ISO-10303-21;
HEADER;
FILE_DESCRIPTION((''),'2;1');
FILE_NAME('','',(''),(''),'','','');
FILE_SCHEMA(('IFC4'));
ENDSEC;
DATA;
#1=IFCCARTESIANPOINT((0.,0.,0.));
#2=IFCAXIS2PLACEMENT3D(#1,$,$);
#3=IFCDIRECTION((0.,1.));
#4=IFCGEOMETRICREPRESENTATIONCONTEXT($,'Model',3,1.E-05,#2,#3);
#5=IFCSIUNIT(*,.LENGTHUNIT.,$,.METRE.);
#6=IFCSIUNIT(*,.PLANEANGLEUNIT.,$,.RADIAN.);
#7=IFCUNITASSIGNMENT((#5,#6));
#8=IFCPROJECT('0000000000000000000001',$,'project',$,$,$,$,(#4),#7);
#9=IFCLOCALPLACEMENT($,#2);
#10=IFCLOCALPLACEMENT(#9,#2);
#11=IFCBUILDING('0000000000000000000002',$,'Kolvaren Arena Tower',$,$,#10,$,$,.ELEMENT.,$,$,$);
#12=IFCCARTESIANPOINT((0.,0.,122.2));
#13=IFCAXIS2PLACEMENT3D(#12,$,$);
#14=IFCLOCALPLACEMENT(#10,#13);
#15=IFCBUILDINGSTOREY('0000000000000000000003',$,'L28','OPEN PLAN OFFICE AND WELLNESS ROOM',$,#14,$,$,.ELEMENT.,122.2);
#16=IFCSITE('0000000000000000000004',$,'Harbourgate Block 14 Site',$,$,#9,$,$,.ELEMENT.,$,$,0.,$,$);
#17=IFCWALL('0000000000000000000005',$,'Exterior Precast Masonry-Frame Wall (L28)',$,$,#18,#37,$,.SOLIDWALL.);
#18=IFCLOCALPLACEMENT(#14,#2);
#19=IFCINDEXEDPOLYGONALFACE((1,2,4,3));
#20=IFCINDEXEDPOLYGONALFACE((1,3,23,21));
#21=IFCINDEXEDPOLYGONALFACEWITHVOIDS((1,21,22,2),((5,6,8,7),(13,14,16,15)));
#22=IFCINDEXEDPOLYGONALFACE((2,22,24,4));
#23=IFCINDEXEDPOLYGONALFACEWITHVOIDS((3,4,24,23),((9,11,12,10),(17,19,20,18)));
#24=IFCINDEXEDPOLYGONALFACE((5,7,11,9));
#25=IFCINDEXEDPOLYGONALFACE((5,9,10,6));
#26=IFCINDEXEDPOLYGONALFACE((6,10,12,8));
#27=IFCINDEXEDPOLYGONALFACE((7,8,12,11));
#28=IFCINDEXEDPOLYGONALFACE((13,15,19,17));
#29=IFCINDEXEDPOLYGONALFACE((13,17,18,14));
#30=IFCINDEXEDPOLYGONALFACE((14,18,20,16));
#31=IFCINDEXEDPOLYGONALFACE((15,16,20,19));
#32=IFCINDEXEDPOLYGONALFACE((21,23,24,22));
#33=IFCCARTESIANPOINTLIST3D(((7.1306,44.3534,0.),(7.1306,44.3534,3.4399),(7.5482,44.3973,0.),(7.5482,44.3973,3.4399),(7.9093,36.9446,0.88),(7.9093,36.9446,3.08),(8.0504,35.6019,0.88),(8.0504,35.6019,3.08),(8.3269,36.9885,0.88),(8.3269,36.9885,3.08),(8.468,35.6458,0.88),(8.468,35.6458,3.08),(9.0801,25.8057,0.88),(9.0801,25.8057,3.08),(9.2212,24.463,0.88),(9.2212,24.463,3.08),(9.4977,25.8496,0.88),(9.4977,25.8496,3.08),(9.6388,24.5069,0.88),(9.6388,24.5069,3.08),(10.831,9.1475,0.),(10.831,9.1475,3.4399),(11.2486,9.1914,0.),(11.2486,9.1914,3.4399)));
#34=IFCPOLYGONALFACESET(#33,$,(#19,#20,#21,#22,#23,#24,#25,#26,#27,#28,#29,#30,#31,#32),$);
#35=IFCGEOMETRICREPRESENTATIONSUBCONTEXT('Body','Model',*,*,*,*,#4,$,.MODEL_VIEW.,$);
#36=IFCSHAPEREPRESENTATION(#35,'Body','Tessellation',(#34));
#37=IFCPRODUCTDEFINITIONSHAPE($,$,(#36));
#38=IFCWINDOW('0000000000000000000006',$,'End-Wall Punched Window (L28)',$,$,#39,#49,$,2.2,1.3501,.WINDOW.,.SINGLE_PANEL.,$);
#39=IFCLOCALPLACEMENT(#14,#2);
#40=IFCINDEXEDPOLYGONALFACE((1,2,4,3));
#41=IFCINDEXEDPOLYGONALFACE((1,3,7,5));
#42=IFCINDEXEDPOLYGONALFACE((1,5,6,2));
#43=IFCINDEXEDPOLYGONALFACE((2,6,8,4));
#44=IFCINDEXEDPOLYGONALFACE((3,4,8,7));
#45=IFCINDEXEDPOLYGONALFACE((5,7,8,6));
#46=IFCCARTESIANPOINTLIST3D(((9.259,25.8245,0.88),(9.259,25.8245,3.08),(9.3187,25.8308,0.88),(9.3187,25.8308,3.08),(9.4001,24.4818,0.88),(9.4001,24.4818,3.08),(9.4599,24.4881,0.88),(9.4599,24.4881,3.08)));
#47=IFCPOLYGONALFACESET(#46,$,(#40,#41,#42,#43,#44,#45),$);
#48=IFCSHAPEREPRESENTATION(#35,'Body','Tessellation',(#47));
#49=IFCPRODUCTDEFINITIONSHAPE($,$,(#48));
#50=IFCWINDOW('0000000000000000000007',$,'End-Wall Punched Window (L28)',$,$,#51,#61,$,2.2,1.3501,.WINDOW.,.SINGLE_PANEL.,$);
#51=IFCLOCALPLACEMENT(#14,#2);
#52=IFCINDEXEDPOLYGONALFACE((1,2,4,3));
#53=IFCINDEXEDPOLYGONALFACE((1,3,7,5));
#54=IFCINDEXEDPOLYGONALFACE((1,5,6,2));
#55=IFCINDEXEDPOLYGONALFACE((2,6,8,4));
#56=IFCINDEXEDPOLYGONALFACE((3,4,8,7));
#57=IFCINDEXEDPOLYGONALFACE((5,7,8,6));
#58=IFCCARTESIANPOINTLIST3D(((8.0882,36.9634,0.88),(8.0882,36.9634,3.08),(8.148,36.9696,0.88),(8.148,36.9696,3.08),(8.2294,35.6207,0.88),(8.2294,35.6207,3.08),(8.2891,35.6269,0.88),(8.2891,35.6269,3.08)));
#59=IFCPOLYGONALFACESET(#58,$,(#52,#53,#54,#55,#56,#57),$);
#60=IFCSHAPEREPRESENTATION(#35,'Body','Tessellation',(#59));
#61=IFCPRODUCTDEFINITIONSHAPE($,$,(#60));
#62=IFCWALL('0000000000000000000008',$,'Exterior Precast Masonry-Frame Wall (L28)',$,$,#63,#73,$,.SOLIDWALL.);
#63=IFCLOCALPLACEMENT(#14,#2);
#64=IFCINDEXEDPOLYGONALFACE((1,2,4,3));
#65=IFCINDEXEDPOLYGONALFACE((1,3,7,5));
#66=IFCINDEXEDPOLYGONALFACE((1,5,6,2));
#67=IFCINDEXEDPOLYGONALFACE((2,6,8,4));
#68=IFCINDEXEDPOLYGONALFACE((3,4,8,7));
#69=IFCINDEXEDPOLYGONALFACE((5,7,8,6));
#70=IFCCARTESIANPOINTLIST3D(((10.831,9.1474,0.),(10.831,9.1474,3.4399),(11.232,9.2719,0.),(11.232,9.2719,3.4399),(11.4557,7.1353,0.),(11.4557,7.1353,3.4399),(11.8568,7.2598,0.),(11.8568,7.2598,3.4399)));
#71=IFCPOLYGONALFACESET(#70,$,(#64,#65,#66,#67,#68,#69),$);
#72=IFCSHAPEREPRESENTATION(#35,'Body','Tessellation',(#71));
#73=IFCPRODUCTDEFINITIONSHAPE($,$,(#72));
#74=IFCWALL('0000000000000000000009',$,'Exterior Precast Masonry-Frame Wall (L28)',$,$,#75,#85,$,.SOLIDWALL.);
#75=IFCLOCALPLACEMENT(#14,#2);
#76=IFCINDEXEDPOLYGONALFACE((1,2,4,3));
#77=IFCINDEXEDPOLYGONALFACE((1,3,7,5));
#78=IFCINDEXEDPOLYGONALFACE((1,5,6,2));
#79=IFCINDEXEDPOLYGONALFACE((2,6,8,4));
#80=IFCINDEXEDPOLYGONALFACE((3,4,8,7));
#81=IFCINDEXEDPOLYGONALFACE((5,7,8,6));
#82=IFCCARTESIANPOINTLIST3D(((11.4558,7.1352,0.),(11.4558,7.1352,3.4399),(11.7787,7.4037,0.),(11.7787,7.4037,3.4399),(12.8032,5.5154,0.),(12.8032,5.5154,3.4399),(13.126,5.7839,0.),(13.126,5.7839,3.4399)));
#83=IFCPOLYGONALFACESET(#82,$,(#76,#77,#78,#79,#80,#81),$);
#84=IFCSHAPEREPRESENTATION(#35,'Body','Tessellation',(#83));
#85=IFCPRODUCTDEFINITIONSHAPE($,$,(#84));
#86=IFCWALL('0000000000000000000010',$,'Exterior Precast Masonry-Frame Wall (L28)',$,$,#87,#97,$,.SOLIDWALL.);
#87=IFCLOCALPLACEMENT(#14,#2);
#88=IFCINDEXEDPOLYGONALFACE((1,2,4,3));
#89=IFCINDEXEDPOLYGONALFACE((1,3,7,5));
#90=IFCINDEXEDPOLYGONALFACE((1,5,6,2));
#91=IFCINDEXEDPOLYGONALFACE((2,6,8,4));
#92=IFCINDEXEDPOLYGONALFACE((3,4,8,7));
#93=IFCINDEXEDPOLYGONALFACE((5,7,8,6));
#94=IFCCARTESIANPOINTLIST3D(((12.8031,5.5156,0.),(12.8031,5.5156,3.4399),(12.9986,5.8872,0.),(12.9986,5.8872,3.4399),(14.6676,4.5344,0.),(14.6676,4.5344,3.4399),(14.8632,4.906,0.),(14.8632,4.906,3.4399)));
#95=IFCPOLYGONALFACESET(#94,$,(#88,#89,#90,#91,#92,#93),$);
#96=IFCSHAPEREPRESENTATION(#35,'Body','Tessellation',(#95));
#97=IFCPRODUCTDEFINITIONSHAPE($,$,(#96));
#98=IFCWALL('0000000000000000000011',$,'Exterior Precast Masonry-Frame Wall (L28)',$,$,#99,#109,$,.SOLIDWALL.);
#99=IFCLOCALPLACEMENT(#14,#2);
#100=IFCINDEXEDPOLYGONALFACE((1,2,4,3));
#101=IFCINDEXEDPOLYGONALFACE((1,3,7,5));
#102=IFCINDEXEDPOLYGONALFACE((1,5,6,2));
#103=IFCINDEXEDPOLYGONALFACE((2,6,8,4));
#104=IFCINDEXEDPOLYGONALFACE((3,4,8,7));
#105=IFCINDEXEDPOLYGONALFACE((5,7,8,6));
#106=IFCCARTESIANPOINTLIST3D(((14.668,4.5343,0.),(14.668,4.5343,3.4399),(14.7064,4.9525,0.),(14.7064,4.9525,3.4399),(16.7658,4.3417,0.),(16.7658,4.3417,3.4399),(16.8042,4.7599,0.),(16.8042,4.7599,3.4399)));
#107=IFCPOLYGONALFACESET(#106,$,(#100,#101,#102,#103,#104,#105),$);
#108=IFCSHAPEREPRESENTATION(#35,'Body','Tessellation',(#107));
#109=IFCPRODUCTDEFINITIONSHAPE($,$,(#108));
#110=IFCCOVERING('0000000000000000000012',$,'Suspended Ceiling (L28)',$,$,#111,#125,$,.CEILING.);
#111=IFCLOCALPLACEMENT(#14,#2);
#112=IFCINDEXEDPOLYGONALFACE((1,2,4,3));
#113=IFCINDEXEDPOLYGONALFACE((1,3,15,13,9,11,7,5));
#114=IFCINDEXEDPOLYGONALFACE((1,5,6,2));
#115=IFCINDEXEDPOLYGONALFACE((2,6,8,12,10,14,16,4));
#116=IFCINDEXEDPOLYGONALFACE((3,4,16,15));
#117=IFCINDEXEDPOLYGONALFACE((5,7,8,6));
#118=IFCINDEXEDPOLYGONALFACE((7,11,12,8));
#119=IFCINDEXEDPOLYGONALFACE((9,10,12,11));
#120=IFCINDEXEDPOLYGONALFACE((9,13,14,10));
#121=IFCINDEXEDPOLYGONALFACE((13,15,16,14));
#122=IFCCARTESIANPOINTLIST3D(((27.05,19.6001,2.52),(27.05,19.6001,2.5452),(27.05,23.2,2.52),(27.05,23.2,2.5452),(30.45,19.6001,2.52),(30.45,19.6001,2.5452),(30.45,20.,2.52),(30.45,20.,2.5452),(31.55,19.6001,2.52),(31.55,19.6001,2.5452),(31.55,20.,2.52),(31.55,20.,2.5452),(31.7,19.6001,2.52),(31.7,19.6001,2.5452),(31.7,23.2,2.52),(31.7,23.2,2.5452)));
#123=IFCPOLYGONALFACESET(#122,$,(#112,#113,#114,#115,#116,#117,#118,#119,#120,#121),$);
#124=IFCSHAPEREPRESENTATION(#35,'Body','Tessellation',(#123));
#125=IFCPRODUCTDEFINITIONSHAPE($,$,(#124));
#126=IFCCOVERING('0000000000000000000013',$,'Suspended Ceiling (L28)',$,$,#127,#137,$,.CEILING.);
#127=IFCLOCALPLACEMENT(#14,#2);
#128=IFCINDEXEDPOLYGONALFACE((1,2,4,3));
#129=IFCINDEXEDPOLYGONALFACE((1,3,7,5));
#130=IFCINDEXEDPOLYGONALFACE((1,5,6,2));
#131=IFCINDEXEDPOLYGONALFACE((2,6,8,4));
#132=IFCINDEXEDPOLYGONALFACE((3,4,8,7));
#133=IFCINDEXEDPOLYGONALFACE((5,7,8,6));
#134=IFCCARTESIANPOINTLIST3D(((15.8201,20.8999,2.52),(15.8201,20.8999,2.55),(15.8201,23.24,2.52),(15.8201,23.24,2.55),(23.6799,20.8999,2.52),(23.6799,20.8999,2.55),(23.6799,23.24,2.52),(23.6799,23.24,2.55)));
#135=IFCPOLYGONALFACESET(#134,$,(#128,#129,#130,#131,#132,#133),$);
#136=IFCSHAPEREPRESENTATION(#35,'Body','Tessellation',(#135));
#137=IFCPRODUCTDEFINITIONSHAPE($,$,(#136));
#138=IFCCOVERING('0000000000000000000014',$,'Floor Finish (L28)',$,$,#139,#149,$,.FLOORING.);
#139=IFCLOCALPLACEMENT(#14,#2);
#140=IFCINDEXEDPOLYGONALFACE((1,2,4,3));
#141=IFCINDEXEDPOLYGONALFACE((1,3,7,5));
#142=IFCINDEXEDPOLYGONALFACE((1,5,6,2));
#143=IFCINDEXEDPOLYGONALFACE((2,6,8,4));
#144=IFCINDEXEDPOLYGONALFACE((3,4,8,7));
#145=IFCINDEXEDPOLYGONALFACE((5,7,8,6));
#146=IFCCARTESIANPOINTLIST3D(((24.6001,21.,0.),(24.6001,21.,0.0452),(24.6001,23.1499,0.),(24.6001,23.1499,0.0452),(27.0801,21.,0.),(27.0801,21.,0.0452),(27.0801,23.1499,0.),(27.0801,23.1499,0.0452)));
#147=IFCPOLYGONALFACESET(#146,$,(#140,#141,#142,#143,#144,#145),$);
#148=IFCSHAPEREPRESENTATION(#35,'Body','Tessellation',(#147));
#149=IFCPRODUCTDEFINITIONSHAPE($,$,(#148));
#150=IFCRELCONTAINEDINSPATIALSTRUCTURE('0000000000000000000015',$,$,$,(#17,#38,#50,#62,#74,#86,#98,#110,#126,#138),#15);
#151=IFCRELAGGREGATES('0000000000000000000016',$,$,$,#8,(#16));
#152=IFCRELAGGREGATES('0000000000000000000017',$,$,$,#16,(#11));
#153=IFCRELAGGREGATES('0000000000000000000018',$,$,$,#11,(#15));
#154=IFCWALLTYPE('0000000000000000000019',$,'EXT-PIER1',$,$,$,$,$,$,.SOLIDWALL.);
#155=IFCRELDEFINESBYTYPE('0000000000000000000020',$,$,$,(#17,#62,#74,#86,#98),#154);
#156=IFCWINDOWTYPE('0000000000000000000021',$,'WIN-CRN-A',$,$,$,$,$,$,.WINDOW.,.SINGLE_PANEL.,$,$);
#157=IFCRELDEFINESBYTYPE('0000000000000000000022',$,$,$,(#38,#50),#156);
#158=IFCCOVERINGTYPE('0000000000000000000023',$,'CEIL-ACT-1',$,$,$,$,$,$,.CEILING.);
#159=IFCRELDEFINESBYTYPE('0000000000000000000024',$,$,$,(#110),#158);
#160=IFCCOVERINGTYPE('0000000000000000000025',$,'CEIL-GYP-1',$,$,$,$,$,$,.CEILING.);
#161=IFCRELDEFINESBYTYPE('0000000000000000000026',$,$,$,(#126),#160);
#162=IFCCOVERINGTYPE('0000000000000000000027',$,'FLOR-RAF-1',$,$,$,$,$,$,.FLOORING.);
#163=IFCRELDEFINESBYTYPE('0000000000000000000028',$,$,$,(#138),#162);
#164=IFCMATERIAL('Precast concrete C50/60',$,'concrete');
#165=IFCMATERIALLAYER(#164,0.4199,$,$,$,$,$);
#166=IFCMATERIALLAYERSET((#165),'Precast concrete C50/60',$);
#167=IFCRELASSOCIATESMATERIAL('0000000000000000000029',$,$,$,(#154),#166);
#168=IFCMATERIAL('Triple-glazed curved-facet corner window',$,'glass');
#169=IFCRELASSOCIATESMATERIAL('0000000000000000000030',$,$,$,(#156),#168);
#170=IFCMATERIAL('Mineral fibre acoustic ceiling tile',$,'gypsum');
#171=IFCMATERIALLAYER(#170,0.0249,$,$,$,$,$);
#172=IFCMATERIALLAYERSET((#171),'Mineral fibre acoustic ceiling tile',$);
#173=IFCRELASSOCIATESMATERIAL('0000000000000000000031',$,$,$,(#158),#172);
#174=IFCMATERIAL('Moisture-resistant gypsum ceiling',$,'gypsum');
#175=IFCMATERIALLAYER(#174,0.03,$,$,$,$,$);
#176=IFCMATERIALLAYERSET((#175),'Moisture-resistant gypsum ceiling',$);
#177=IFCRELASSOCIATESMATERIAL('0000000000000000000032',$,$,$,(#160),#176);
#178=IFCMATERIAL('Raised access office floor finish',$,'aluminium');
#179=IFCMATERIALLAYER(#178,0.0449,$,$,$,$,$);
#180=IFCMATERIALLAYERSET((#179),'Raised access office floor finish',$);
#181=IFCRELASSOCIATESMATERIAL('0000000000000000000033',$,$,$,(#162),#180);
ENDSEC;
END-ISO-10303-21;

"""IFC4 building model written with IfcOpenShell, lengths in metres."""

from ifc_helpers import new_model, si_unit, direction, frame, frame_2d, origin, place, context, subcontext, project, spatial, polyline, rectangle, outline, extrude, material, layer, layer_set, type_object, element, fill, save


model = new_model("IFC4")

# Units and contexts
model_context = context("Model", 3, precision=1e-05, world=origin(), true_north=direction((0.0, 1.0)))
body_context = subcontext(model_context, "Body", "Model", "MODEL_VIEW")
ifc_project = project(units=[si_unit("LENGTHUNIT", "METRE"), si_unit("PLANEANGLEUNIT", "RADIAN")], contexts=[model_context])

# Site, building, storey
site_placement = place(None, origin())
site = spatial("IfcSite", under=ifc_project, at=site_placement, Name="Harbourgate Block 14 Site", CompositionType="ELEMENT", RefElevation=0.0)
building_placement = place(site_placement, origin())
building = spatial("IfcBuilding", under=site, at=building_placement, Name="Kolvaren Arena Tower", CompositionType="ELEMENT")
storey_placement = place(building_placement, frame((0.0, 0.0, 122.2)))
storey = spatial("IfcBuildingStorey", under=building, at=storey_placement, Name="L28", Description="OPEN PLAN OFFICE AND WELLNESS ROOM", CompositionType="ELEMENT", Elevation=122.2)

# Wall, openings, windows
ifc_material_1 = material(Name="Precast concrete C50/60", Category="concrete")
ifc_layer_1 = layer(ifc_material_1, 0.4199)
ifc_layer_set_1 = layer_set([ifc_layer_1], Name="Precast concrete C50/60")
wall_type = type_object("IfcWallType", Name="EXT-PIER1", PredefinedType="SOLIDWALL", material=ifc_layer_set_1)
wall_1_placement = place(storey_placement, frame((11.0398, 9.1694, 0.0), z_axis=(0.0, 0.0, 1.0), x_axis=(-0.104532, 0.994522, 0.0)))
wall_1 = element("IfcWall", 1, at=wall_1_placement, inside=storey, type_object=wall_type, Name="Exterior Precast Masonry-Frame Wall (L28)", PredefinedType="SOLIDWALL", context=body_context, shape_type="SweptSolid", body=[
    extrude(rectangle(XDim=35.3999, YDim=0.4199, at=frame_2d((17.7, 0.0))), origin(), (0.0, 0.0, 1.0), 3.4399),
])
opening_1_placement = place(wall_1_placement, frame((15.3999, 0.0, 0.8799)))
opening_1 = element("IfcOpeningElement", 2, at=opening_1_placement, cuts=wall_1, PredefinedType="OPENING", context=body_context, shape_type="SweptSolid", body=[
    extrude(rectangle(XDim=1.3501, YDim=2.2, at=frame_2d((0.675, 1.1001))), frame((0.0, 0.22, 0.0), z_axis=(0.0, -1.0, 0.0), x_axis=(1.0, 0.0, 0.0)), (0.0, 0.0, 1.0), 0.4399),
])
opening_2_placement = place(wall_1_placement, frame((26.6001, 0.0, 0.8799)))
opening_2 = element("IfcOpeningElement", 3, at=opening_2_placement, cuts=wall_1, PredefinedType="OPENING", context=body_context, shape_type="SweptSolid", body=[
    extrude(rectangle(XDim=1.3501, YDim=2.2, at=frame_2d((0.675, 1.1001))), frame((0.0, 0.22, 0.0), z_axis=(0.0, -1.0, 0.0), x_axis=(1.0, 0.0, 0.0)), (0.0, 0.0, 1.0), 0.4399),
])
ifc_material_2 = material(Name="Triple-glazed curved-facet corner window", Category="glass")
window_type = type_object("IfcWindowType", Name="WIN-CRN-A", PartitioningType="SINGLE_PANEL", PredefinedType="WINDOW", material=ifc_material_2)
window_1_placement = place(opening_1_placement, origin())
window_1 = element("IfcWindow", 4, at=window_1_placement, inside=storey, type_object=window_type, Name="End-Wall Punched Window (L28)", OverallHeight=2.2, OverallWidth=1.3501, PartitioningType="SINGLE_PANEL", PredefinedType="WINDOW", context=body_context, shape_type="SweptSolid", body=[
    extrude(rectangle(XDim=1.3501, YDim=2.2, at=frame_2d((0.675, 1.1001))), frame((0.0, 0.03, 0.0), z_axis=(0.0, -1.0, 0.0), x_axis=(1.0, 0.0, 0.0)), (0.0, 0.0, 1.0), 0.0601),
])
fill(opening_1, window_1)
window_2_placement = place(opening_2_placement, origin())
window_2 = element("IfcWindow", 5, at=window_2_placement, inside=storey, type_object=window_type, Name="End-Wall Punched Window (L28)", OverallHeight=2.2, OverallWidth=1.3501, PartitioningType="SINGLE_PANEL", PredefinedType="WINDOW", context=body_context, shape_type="SweptSolid", body=[
    extrude(rectangle(XDim=1.3501, YDim=2.2, at=frame_2d((0.675, 1.1001))), frame((0.0, 0.03, 0.0), z_axis=(0.0, -1.0, 0.0), x_axis=(1.0, 0.0, 0.0)), (0.0, 0.0, 1.0), 0.0601),
])
fill(opening_2, window_2)

# Walls
for number, where, z_axis, x_axis, name in (
    (6, (11.6562, 7.1975, 0.0), (0.0, 0.0, 1.0), (-0.296519, 0.955027, 0.0), "Exterior Precast Masonry-Frame Wall (L28)"),
    (7, (12.9646, 5.6497, 0.0), (0.0, 0.0, 1.0), (-0.639489, 0.7688, 0.0), "Exterior Precast Masonry-Frame Wall (L28)"),
    (8, (14.7654, 4.7202, 0.0), (0.0, 0.0, 1.0), (-0.884941, 0.465703, 0.0), "Exterior Precast Masonry-Frame Wall (L28)"),
):
    element("IfcWall", number, at=place(storey_placement, frame(where, z_axis=z_axis, x_axis=x_axis)), inside=storey, type_object=wall_type, Name=name, PredefinedType="SOLIDWALL", context=body_context, shape_type="SweptSolid", body=[
        extrude(rectangle(XDim=2.1069, YDim=0.4199, at=frame_2d((1.0535, 0.0))), origin(), (0.0, 0.0, 1.0), 3.4399),
    ])
wall_2_placement = place(storey_placement, frame((16.7849, 4.5508, 0.0), z_axis=(0.0, 0.0, 1.0), x_axis=(-0.995811, 0.091434, 0.0)))
element("IfcWall", 9, at=wall_2_placement, inside=storey, type_object=wall_type, Name="Exterior Precast Masonry-Frame Wall (L28)", PredefinedType="SOLIDWALL", context=body_context, shape_type="SweptSolid", body=[
    extrude(rectangle(XDim=2.1067, YDim=0.4199, at=frame_2d((1.0532, 0.0))), origin(), (0.0, 0.0, 1.0), 3.4399),
])

# Coverings
ifc_material_3 = material(Name="Mineral fibre acoustic ceiling tile", Category="gypsum")
ifc_layer_2 = layer(ifc_material_3, 0.0249)
ifc_layer_set_2 = layer_set([ifc_layer_2], Name="Mineral fibre acoustic ceiling tile")
covering_type_1 = type_object("IfcCoveringType", Name="CEIL-ACT-1", PredefinedType="CEILING", material=ifc_layer_set_2)
covering_1_placement = place(storey_placement, frame((0.0, 0.0, 2.52)))
element("IfcCovering", 10, at=covering_1_placement, inside=storey, type_object=covering_type_1, Name="Suspended Ceiling (L28)", PredefinedType="CEILING", context=body_context, shape_type="SweptSolid", body=[
    extrude(outline(polyline([(27.05, 19.6001), (27.05, 23.2), (31.7, 23.2), (31.7, 19.6001), (31.55, 19.6001), (31.55, 20.0), (30.45, 20.0), (30.45, 19.6001), (27.05, 19.6001)])), origin(), (0.0, 0.0, 1.0), 0.0251),
])
ifc_material_4 = material(Name="Moisture-resistant gypsum ceiling", Category="gypsum")
ifc_layer_3 = layer(ifc_material_4, 0.03)
ifc_layer_set_3 = layer_set([ifc_layer_3], Name="Moisture-resistant gypsum ceiling")
covering_type_2 = type_object("IfcCoveringType", Name="CEIL-GYP-1", PredefinedType="CEILING", material=ifc_layer_set_3)
covering_2_placement = place(storey_placement, frame((0.0, 0.0, 2.52)))
element("IfcCovering", 11, at=covering_2_placement, inside=storey, type_object=covering_type_2, Name="Suspended Ceiling (L28)", PredefinedType="CEILING", context=body_context, shape_type="SweptSolid", body=[
    extrude(outline(polyline([(15.8201, 20.8999), (15.8201, 23.24), (23.6799, 23.24), (23.6799, 20.8999), (15.8201, 20.8999)])), origin(), (0.0, 0.0, 1.0), 0.03),
])
ifc_material_5 = material(Name="Raised access office floor finish", Category="aluminium")
ifc_layer_4 = layer(ifc_material_5, 0.0449)
ifc_layer_set_4 = layer_set([ifc_layer_4], Name="Raised access office floor finish")
covering_type_3 = type_object("IfcCoveringType", Name="FLOR-RAF-1", PredefinedType="FLOORING", material=ifc_layer_set_4)
covering_3_placement = place(storey_placement, origin())
element("IfcCovering", 12, at=covering_3_placement, inside=storey, type_object=covering_type_3, Name="Floor Finish (L28)", PredefinedType="FLOORING", context=body_context, shape_type="SweptSolid", body=[
    extrude(outline(polyline([(24.6001, 21.0), (24.6001, 23.1499), (27.0801, 23.1499), (27.0801, 21.0), (24.6001, 21.0)])), origin(), (0.0, 0.0, 1.0), 0.0452),
])

save(model, "model.ifc")
